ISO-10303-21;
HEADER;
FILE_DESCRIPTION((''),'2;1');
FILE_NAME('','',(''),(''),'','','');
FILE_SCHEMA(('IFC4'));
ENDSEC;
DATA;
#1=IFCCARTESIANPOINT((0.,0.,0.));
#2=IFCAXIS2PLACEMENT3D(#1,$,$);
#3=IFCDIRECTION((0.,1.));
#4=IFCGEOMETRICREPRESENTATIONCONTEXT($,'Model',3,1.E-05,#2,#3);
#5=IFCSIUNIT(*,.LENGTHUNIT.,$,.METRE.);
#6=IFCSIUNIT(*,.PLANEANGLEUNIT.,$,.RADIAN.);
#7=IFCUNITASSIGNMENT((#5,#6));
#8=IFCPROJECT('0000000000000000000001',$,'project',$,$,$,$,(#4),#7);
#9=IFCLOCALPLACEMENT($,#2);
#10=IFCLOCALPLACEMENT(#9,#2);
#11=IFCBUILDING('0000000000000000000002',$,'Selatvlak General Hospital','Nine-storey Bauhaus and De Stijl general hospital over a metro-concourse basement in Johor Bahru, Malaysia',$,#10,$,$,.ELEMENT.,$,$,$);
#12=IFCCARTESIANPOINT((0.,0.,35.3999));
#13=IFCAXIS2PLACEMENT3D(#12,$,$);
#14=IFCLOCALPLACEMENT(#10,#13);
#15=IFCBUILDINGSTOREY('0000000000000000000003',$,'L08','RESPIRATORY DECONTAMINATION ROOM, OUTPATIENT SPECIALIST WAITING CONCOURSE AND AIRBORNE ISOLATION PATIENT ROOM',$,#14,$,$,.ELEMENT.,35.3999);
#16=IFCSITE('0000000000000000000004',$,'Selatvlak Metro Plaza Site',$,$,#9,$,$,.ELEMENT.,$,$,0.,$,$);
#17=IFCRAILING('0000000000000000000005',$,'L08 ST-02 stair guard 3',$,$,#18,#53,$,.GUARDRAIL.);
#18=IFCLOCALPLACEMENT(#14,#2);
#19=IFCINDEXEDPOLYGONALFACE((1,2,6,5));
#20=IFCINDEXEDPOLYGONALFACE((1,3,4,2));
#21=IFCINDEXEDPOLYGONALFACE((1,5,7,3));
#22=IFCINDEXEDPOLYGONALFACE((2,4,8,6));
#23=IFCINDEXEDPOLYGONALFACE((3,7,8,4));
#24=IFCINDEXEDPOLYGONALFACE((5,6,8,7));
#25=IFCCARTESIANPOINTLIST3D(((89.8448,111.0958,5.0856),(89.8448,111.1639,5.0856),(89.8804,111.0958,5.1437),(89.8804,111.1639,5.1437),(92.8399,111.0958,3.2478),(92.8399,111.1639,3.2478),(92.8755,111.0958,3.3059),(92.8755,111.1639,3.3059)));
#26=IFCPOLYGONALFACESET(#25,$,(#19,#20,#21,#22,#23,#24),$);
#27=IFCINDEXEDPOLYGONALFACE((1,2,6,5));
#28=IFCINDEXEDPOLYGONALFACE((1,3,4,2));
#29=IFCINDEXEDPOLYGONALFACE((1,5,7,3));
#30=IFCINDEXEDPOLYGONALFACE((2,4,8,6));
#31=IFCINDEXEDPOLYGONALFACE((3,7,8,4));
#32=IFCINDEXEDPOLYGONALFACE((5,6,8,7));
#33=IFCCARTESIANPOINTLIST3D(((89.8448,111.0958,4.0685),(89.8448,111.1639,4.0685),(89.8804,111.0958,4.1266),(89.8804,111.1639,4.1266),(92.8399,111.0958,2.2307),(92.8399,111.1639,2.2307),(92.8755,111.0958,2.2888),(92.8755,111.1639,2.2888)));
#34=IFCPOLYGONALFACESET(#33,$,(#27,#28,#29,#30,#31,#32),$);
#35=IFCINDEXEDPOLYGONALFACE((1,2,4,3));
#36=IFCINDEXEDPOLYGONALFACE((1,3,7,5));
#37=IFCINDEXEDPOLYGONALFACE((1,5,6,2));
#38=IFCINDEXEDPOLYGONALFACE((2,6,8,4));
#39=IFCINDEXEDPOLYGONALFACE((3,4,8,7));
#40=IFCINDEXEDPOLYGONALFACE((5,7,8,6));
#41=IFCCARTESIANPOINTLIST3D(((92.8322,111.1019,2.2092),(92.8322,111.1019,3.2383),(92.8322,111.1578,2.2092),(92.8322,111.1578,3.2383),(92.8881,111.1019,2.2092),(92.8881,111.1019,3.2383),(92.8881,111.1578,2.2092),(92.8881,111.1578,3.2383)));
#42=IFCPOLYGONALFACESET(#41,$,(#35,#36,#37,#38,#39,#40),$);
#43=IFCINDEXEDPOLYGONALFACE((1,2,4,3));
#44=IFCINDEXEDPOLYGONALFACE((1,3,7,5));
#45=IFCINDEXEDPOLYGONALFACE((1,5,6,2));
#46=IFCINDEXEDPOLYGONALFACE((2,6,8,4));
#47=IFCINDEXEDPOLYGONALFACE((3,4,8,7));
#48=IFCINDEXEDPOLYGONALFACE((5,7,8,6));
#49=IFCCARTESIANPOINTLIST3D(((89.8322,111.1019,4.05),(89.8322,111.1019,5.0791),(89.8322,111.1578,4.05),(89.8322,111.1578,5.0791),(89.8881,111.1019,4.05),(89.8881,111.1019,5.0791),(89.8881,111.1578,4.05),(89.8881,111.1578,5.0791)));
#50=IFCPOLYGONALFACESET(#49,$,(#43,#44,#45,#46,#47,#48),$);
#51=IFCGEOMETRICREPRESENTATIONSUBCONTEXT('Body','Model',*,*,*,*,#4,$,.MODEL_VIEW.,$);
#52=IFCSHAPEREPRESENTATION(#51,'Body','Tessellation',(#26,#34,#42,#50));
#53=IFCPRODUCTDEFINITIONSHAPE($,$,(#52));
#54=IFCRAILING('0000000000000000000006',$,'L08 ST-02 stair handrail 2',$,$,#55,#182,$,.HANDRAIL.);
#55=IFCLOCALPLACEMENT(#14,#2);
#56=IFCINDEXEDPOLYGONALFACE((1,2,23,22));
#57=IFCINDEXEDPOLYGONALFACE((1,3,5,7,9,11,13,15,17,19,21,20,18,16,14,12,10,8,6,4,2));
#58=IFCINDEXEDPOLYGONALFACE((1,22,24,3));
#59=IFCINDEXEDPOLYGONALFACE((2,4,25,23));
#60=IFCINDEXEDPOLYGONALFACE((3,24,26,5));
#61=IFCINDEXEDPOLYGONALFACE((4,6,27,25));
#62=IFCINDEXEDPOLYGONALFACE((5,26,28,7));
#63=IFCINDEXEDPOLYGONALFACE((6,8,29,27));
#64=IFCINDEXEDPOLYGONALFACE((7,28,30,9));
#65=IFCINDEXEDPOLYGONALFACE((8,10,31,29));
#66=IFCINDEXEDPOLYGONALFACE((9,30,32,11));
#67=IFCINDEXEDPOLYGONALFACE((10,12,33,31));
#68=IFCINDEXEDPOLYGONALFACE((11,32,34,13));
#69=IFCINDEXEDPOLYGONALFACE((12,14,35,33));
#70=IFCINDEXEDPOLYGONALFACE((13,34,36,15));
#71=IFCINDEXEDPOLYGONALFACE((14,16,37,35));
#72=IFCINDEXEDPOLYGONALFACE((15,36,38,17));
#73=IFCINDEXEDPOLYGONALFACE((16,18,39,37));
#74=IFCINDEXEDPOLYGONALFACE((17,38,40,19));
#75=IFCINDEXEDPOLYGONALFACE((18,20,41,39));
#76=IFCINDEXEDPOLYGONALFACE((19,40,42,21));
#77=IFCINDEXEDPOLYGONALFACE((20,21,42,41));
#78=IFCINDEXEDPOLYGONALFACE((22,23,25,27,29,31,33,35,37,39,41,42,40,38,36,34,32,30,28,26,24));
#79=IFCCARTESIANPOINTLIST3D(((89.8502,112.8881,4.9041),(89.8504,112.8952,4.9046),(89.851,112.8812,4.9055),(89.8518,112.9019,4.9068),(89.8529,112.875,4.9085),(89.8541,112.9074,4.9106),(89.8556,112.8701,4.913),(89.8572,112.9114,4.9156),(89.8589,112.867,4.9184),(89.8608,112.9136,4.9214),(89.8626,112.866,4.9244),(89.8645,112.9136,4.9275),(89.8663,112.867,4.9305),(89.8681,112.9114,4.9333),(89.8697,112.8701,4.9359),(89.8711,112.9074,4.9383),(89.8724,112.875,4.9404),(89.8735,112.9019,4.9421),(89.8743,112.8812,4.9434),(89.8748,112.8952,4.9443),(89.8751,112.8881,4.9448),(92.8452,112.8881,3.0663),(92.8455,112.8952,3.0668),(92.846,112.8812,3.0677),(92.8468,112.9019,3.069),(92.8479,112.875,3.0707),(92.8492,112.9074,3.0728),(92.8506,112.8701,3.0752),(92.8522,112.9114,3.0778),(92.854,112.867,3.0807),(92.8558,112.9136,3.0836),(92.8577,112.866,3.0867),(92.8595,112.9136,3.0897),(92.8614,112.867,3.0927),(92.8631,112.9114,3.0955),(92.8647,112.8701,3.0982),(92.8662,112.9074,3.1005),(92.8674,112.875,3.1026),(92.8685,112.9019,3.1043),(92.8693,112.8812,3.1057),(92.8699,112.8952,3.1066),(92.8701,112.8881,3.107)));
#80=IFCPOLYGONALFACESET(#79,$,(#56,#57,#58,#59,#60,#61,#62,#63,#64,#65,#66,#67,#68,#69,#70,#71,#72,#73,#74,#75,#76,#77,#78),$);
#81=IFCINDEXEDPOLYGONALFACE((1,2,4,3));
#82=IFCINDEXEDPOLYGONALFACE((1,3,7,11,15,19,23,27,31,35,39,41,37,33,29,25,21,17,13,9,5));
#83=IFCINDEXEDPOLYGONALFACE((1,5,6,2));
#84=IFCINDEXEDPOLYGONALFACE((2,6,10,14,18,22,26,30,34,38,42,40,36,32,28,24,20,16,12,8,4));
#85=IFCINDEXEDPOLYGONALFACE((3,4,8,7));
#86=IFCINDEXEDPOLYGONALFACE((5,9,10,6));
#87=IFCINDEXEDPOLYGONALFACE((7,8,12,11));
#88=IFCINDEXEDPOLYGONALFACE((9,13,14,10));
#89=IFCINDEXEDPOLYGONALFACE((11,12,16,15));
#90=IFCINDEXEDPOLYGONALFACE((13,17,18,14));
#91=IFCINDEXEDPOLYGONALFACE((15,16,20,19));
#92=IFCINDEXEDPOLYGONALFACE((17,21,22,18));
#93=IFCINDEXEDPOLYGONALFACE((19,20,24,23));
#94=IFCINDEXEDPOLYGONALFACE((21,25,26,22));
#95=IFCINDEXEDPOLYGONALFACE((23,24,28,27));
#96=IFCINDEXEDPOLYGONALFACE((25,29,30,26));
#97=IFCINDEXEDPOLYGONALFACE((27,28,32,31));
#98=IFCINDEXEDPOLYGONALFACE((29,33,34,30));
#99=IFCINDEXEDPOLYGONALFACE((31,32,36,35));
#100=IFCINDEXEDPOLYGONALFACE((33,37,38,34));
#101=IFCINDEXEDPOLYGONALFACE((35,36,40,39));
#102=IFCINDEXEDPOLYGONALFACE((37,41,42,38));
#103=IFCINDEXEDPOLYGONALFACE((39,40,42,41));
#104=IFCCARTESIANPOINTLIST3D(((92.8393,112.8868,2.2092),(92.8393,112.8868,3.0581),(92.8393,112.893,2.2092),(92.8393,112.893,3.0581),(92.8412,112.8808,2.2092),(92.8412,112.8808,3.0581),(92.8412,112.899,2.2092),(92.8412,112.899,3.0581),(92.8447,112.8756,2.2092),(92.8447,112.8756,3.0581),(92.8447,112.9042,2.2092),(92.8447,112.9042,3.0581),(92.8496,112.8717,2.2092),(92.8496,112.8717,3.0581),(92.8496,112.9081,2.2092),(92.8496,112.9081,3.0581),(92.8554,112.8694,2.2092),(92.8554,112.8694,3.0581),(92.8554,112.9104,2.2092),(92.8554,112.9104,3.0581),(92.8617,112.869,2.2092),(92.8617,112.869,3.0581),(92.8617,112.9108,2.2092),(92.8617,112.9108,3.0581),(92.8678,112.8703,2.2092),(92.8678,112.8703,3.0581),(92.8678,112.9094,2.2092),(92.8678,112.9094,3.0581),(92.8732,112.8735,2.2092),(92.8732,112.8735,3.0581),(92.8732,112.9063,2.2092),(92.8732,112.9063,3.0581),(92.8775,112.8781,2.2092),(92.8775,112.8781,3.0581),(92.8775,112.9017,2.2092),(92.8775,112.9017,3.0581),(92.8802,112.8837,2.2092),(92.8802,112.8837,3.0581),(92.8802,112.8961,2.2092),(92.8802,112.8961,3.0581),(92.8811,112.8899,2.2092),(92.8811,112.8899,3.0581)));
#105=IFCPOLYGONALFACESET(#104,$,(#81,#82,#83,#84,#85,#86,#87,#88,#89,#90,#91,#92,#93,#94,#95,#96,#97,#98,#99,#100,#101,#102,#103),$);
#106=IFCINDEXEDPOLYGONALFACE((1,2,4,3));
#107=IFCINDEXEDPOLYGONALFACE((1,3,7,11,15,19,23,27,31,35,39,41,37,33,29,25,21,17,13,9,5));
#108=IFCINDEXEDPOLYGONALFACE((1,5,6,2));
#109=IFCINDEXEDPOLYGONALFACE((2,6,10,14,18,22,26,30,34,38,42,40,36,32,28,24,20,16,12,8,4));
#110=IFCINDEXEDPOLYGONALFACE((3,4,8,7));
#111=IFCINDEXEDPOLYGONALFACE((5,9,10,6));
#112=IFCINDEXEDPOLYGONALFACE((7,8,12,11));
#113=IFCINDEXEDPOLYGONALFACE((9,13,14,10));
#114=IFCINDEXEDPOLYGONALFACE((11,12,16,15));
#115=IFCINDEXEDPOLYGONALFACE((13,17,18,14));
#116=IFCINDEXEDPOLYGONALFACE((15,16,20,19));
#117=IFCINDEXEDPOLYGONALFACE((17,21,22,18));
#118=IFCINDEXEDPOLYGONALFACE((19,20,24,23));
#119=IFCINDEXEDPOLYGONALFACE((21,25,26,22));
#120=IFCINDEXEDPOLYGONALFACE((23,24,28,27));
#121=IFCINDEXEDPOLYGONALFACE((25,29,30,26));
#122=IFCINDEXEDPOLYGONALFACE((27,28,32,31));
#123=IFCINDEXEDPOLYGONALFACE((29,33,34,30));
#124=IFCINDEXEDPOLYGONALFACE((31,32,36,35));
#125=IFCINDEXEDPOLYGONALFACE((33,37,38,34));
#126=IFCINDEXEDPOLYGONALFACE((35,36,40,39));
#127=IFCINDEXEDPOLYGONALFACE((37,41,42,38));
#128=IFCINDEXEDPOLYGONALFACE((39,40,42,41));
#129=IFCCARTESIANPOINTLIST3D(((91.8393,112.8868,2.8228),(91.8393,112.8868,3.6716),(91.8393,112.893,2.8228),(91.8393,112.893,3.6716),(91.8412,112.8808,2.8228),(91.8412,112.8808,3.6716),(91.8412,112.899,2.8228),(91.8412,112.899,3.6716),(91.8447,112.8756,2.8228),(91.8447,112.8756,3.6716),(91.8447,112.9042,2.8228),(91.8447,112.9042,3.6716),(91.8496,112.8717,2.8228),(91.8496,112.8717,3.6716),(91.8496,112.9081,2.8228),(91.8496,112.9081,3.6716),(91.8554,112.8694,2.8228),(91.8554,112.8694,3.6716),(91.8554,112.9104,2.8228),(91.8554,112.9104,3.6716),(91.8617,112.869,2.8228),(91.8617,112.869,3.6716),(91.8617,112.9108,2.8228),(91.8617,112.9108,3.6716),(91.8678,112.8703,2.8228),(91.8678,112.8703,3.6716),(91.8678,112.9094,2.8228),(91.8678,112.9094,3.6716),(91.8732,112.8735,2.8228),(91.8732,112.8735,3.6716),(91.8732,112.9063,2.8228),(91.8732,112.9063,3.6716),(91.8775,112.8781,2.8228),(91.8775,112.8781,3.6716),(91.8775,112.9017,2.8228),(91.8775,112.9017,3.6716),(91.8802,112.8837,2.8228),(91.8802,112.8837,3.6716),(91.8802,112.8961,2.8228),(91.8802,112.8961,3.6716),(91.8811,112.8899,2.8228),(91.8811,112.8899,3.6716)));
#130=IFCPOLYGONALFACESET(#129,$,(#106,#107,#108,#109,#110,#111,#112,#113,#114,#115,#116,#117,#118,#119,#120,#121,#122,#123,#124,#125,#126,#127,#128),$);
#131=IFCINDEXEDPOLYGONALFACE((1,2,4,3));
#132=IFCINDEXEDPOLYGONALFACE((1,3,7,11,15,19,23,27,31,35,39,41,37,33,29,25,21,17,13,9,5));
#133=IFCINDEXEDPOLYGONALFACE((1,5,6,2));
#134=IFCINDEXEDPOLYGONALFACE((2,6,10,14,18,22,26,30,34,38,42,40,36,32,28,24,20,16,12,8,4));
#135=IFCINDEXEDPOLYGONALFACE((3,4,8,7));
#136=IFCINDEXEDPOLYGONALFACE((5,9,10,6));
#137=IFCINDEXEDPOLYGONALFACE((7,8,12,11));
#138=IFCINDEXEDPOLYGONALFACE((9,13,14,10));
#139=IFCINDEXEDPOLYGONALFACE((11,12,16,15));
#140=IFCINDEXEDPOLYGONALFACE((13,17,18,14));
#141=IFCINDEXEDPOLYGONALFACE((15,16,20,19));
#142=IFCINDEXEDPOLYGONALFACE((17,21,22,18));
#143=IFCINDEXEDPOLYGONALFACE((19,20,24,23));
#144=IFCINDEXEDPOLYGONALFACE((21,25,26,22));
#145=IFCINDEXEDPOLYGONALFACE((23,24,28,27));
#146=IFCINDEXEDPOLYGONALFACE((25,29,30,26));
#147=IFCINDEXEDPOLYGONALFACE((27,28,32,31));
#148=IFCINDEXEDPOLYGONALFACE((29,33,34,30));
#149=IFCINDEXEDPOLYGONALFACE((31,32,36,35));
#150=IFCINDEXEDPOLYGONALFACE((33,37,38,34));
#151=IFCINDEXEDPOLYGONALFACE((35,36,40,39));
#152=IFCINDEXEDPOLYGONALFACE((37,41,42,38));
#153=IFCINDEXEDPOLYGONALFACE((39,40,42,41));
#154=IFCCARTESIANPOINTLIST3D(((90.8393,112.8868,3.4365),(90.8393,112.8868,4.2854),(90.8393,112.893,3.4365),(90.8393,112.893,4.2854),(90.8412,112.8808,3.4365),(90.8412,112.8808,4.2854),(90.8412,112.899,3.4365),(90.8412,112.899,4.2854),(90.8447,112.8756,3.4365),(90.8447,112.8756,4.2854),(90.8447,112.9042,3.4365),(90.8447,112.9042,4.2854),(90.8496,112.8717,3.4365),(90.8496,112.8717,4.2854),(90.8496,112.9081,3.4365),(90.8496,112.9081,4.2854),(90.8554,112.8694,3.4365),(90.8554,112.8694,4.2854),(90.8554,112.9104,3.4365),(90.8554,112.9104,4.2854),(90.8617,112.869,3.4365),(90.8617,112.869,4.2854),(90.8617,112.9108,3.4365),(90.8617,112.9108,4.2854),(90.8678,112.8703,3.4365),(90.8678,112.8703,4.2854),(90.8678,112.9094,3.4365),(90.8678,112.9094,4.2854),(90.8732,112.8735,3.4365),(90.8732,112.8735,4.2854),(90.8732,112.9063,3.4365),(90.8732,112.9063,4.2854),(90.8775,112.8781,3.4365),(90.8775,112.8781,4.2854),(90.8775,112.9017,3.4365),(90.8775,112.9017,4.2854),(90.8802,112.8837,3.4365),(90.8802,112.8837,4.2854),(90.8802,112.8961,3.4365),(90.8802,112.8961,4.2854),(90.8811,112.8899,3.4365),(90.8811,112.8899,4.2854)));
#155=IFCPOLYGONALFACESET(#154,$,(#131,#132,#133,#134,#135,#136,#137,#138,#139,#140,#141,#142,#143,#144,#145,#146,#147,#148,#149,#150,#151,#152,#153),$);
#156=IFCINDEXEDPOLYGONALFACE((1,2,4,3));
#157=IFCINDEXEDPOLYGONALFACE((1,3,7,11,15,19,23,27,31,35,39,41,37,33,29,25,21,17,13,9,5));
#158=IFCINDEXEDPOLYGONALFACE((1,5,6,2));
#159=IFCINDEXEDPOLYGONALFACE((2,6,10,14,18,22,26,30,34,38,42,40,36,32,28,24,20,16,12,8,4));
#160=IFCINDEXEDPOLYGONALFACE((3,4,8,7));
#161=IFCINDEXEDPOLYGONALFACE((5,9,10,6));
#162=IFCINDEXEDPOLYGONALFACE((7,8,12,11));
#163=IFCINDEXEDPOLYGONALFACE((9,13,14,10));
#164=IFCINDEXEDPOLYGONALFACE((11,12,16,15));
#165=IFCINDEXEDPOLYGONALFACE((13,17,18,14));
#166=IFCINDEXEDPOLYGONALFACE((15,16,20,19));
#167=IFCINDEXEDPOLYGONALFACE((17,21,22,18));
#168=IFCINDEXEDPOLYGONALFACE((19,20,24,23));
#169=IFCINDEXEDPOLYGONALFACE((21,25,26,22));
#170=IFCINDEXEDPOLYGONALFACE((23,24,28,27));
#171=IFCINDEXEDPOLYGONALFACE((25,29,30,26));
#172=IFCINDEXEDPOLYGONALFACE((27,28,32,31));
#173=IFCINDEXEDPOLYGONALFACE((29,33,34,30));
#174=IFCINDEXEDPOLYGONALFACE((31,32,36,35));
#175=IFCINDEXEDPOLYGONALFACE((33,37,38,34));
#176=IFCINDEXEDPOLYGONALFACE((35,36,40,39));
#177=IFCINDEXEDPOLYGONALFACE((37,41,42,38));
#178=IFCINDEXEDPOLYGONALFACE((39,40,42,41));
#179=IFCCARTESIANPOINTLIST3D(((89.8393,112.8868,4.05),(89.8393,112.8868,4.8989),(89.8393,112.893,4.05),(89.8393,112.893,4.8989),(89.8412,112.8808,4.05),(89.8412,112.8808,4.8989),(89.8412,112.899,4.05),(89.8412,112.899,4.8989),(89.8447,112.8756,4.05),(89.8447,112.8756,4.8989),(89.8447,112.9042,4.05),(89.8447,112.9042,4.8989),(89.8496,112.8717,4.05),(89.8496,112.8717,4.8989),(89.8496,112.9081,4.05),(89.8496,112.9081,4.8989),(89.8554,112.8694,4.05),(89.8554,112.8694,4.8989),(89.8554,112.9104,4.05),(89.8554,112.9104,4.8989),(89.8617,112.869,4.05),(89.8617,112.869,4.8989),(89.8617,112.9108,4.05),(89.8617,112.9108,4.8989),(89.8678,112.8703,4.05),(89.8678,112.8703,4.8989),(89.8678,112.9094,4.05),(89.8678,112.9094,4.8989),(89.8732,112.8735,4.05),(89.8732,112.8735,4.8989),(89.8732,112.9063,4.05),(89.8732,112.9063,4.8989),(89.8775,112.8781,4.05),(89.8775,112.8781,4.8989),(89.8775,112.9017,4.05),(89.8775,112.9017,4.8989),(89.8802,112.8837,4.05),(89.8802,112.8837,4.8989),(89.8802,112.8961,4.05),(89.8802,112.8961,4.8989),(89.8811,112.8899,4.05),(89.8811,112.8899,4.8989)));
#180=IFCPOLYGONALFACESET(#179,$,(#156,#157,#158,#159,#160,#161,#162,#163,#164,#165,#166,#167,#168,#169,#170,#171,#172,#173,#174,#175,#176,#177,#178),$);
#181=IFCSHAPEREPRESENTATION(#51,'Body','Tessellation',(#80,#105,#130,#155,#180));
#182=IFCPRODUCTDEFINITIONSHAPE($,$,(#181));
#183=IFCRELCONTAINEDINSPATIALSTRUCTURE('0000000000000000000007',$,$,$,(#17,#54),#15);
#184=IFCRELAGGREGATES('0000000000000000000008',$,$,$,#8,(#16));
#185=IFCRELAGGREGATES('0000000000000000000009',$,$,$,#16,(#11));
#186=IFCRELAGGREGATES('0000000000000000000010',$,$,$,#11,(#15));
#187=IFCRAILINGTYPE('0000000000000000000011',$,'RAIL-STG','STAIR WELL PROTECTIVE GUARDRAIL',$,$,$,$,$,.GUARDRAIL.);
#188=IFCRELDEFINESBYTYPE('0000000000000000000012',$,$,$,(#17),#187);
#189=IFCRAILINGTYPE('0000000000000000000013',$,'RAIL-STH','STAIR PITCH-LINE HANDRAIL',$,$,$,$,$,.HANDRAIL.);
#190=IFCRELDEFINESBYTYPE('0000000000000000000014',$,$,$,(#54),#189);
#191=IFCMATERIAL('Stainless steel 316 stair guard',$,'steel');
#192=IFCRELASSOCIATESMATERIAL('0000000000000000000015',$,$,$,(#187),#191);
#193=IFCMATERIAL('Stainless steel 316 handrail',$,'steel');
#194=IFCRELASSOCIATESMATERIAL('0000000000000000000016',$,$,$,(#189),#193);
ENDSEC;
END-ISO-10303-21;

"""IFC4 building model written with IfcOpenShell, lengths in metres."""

from ifc_helpers import new_model, si_unit, direction, frame, origin, origin_2d, place, context, subcontext, project, spatial, rectangle, circle, extrude, material, type_object, element, save


model = new_model("IFC4")

# Units and contexts
model_context = context("Model", 3, precision=1e-05, world=origin(), true_north=direction((0.0, 1.0)))
body_context = subcontext(model_context, "Body", "Model", "MODEL_VIEW")
ifc_project = project(units=[si_unit("LENGTHUNIT", "METRE"), si_unit("PLANEANGLEUNIT", "RADIAN")], contexts=[model_context])

# Site, building, storey
site_placement = place(None, origin())
site = spatial("IfcSite", under=ifc_project, at=site_placement, Name="Selatvlak Metro Plaza Site", CompositionType="ELEMENT", RefElevation=0.0)
building_placement = place(site_placement, origin())
building = spatial("IfcBuilding", under=site, at=building_placement, Name="Selatvlak General Hospital", Description="Nine-storey Bauhaus and De Stijl general hospital over a metro-concourse basement in Johor Bahru, Malaysia", CompositionType="ELEMENT")
storey_placement = place(building_placement, frame((0.0, 0.0, 35.3999)))
storey = spatial("IfcBuildingStorey", under=building, at=storey_placement, Name="L08", Description="RESPIRATORY DECONTAMINATION ROOM, OUTPATIENT SPECIALIST WAITING CONCOURSE AND AIRBORNE ISOLATION PATIENT ROOM", CompositionType="ELEMENT", Elevation=35.3999)

# Railings
ifc_material_1 = material(Name="Stainless steel 316 stair guard", Category="steel")
railing_type_1 = type_object("IfcRailingType", Name="RAIL-STG", Description="STAIR WELL PROTECTIVE GUARDRAIL", PredefinedType="GUARDRAIL", material=ifc_material_1)
railing_1_placement = place(storey_placement, frame((92.8601, 111.1299, 2.2092)))
element("IfcRailing", 1, at=railing_1_placement, inside=storey, type_object=railing_type_1, Name="L08 ST-02 stair guard 3", PredefinedType="GUARDRAIL", context=body_context, shape_type="SweptSolid", body=[
    extrude(rectangle(XDim=0.0681, YDim=0.0681, at=origin_2d()), frame((-0.0024, 0.0, 1.0676), z_axis=(-0.852334, 0.0, 0.522998), x_axis=(0.0, -1.0, 0.0)), (0.0, 0.0, 1.0), 3.5139),
    extrude(rectangle(XDim=0.0681, YDim=0.0681, at=origin_2d()), frame((-0.0024, 0.0, 0.0505), z_axis=(-0.852334, 0.0, 0.522998), x_axis=(0.0, -1.0, 0.0)), (0.0, 0.0, 1.0), 3.5139),
    extrude(rectangle(XDim=0.0559, YDim=0.0559, at=origin_2d()), origin(), (0.0, 0.0, 1.0), 1.0291),
    extrude(rectangle(XDim=0.0559, YDim=0.0559, at=origin_2d()), frame((-3.0, 0.0, 1.8408)), (0.0, 0.0, 1.0), 1.0291),
])
ifc_material_2 = material(Name="Stainless steel 316 handrail", Category="steel")
railing_type_2 = type_object("IfcRailingType", Name="RAIL-STH", Description="STAIR PITCH-LINE HANDRAIL", PredefinedType="HANDRAIL", material=ifc_material_2)
railing_2_placement = place(storey_placement, frame((92.8601, 112.8899, 2.2092)))
element("IfcRailing", 2, at=railing_2_placement, inside=storey, type_object=railing_type_2, Name="L08 ST-02 stair handrail 2", PredefinedType="HANDRAIL", context=body_context, shape_type="SweptSolid", body=[
    extrude(circle(Radius=0.0239, at=origin_2d()), frame((-0.0024, 0.0, 0.8774), z_axis=(-0.852334, 0.0, 0.522998), x_axis=(0.0, -1.0, 0.0)), (0.0, 0.0, 1.0), 3.5139),
    extrude(circle(Radius=0.021, at=origin_2d()), origin(), (0.0, 0.0, 1.0), 0.8489),
    extrude(circle(Radius=0.021, at=origin_2d()), frame((-1.0, 0.0, 0.6135)), (0.0, 0.0, 1.0), 0.8489),
    extrude(circle(Radius=0.021, at=origin_2d()), frame((-2.0, 0.0, 1.2273)), (0.0, 0.0, 1.0), 0.8489),
    extrude(circle(Radius=0.021, at=origin_2d()), frame((-3.0, 0.0, 1.8408)), (0.0, 0.0, 1.0), 0.8489),
])

save(model, "model.ifc")
